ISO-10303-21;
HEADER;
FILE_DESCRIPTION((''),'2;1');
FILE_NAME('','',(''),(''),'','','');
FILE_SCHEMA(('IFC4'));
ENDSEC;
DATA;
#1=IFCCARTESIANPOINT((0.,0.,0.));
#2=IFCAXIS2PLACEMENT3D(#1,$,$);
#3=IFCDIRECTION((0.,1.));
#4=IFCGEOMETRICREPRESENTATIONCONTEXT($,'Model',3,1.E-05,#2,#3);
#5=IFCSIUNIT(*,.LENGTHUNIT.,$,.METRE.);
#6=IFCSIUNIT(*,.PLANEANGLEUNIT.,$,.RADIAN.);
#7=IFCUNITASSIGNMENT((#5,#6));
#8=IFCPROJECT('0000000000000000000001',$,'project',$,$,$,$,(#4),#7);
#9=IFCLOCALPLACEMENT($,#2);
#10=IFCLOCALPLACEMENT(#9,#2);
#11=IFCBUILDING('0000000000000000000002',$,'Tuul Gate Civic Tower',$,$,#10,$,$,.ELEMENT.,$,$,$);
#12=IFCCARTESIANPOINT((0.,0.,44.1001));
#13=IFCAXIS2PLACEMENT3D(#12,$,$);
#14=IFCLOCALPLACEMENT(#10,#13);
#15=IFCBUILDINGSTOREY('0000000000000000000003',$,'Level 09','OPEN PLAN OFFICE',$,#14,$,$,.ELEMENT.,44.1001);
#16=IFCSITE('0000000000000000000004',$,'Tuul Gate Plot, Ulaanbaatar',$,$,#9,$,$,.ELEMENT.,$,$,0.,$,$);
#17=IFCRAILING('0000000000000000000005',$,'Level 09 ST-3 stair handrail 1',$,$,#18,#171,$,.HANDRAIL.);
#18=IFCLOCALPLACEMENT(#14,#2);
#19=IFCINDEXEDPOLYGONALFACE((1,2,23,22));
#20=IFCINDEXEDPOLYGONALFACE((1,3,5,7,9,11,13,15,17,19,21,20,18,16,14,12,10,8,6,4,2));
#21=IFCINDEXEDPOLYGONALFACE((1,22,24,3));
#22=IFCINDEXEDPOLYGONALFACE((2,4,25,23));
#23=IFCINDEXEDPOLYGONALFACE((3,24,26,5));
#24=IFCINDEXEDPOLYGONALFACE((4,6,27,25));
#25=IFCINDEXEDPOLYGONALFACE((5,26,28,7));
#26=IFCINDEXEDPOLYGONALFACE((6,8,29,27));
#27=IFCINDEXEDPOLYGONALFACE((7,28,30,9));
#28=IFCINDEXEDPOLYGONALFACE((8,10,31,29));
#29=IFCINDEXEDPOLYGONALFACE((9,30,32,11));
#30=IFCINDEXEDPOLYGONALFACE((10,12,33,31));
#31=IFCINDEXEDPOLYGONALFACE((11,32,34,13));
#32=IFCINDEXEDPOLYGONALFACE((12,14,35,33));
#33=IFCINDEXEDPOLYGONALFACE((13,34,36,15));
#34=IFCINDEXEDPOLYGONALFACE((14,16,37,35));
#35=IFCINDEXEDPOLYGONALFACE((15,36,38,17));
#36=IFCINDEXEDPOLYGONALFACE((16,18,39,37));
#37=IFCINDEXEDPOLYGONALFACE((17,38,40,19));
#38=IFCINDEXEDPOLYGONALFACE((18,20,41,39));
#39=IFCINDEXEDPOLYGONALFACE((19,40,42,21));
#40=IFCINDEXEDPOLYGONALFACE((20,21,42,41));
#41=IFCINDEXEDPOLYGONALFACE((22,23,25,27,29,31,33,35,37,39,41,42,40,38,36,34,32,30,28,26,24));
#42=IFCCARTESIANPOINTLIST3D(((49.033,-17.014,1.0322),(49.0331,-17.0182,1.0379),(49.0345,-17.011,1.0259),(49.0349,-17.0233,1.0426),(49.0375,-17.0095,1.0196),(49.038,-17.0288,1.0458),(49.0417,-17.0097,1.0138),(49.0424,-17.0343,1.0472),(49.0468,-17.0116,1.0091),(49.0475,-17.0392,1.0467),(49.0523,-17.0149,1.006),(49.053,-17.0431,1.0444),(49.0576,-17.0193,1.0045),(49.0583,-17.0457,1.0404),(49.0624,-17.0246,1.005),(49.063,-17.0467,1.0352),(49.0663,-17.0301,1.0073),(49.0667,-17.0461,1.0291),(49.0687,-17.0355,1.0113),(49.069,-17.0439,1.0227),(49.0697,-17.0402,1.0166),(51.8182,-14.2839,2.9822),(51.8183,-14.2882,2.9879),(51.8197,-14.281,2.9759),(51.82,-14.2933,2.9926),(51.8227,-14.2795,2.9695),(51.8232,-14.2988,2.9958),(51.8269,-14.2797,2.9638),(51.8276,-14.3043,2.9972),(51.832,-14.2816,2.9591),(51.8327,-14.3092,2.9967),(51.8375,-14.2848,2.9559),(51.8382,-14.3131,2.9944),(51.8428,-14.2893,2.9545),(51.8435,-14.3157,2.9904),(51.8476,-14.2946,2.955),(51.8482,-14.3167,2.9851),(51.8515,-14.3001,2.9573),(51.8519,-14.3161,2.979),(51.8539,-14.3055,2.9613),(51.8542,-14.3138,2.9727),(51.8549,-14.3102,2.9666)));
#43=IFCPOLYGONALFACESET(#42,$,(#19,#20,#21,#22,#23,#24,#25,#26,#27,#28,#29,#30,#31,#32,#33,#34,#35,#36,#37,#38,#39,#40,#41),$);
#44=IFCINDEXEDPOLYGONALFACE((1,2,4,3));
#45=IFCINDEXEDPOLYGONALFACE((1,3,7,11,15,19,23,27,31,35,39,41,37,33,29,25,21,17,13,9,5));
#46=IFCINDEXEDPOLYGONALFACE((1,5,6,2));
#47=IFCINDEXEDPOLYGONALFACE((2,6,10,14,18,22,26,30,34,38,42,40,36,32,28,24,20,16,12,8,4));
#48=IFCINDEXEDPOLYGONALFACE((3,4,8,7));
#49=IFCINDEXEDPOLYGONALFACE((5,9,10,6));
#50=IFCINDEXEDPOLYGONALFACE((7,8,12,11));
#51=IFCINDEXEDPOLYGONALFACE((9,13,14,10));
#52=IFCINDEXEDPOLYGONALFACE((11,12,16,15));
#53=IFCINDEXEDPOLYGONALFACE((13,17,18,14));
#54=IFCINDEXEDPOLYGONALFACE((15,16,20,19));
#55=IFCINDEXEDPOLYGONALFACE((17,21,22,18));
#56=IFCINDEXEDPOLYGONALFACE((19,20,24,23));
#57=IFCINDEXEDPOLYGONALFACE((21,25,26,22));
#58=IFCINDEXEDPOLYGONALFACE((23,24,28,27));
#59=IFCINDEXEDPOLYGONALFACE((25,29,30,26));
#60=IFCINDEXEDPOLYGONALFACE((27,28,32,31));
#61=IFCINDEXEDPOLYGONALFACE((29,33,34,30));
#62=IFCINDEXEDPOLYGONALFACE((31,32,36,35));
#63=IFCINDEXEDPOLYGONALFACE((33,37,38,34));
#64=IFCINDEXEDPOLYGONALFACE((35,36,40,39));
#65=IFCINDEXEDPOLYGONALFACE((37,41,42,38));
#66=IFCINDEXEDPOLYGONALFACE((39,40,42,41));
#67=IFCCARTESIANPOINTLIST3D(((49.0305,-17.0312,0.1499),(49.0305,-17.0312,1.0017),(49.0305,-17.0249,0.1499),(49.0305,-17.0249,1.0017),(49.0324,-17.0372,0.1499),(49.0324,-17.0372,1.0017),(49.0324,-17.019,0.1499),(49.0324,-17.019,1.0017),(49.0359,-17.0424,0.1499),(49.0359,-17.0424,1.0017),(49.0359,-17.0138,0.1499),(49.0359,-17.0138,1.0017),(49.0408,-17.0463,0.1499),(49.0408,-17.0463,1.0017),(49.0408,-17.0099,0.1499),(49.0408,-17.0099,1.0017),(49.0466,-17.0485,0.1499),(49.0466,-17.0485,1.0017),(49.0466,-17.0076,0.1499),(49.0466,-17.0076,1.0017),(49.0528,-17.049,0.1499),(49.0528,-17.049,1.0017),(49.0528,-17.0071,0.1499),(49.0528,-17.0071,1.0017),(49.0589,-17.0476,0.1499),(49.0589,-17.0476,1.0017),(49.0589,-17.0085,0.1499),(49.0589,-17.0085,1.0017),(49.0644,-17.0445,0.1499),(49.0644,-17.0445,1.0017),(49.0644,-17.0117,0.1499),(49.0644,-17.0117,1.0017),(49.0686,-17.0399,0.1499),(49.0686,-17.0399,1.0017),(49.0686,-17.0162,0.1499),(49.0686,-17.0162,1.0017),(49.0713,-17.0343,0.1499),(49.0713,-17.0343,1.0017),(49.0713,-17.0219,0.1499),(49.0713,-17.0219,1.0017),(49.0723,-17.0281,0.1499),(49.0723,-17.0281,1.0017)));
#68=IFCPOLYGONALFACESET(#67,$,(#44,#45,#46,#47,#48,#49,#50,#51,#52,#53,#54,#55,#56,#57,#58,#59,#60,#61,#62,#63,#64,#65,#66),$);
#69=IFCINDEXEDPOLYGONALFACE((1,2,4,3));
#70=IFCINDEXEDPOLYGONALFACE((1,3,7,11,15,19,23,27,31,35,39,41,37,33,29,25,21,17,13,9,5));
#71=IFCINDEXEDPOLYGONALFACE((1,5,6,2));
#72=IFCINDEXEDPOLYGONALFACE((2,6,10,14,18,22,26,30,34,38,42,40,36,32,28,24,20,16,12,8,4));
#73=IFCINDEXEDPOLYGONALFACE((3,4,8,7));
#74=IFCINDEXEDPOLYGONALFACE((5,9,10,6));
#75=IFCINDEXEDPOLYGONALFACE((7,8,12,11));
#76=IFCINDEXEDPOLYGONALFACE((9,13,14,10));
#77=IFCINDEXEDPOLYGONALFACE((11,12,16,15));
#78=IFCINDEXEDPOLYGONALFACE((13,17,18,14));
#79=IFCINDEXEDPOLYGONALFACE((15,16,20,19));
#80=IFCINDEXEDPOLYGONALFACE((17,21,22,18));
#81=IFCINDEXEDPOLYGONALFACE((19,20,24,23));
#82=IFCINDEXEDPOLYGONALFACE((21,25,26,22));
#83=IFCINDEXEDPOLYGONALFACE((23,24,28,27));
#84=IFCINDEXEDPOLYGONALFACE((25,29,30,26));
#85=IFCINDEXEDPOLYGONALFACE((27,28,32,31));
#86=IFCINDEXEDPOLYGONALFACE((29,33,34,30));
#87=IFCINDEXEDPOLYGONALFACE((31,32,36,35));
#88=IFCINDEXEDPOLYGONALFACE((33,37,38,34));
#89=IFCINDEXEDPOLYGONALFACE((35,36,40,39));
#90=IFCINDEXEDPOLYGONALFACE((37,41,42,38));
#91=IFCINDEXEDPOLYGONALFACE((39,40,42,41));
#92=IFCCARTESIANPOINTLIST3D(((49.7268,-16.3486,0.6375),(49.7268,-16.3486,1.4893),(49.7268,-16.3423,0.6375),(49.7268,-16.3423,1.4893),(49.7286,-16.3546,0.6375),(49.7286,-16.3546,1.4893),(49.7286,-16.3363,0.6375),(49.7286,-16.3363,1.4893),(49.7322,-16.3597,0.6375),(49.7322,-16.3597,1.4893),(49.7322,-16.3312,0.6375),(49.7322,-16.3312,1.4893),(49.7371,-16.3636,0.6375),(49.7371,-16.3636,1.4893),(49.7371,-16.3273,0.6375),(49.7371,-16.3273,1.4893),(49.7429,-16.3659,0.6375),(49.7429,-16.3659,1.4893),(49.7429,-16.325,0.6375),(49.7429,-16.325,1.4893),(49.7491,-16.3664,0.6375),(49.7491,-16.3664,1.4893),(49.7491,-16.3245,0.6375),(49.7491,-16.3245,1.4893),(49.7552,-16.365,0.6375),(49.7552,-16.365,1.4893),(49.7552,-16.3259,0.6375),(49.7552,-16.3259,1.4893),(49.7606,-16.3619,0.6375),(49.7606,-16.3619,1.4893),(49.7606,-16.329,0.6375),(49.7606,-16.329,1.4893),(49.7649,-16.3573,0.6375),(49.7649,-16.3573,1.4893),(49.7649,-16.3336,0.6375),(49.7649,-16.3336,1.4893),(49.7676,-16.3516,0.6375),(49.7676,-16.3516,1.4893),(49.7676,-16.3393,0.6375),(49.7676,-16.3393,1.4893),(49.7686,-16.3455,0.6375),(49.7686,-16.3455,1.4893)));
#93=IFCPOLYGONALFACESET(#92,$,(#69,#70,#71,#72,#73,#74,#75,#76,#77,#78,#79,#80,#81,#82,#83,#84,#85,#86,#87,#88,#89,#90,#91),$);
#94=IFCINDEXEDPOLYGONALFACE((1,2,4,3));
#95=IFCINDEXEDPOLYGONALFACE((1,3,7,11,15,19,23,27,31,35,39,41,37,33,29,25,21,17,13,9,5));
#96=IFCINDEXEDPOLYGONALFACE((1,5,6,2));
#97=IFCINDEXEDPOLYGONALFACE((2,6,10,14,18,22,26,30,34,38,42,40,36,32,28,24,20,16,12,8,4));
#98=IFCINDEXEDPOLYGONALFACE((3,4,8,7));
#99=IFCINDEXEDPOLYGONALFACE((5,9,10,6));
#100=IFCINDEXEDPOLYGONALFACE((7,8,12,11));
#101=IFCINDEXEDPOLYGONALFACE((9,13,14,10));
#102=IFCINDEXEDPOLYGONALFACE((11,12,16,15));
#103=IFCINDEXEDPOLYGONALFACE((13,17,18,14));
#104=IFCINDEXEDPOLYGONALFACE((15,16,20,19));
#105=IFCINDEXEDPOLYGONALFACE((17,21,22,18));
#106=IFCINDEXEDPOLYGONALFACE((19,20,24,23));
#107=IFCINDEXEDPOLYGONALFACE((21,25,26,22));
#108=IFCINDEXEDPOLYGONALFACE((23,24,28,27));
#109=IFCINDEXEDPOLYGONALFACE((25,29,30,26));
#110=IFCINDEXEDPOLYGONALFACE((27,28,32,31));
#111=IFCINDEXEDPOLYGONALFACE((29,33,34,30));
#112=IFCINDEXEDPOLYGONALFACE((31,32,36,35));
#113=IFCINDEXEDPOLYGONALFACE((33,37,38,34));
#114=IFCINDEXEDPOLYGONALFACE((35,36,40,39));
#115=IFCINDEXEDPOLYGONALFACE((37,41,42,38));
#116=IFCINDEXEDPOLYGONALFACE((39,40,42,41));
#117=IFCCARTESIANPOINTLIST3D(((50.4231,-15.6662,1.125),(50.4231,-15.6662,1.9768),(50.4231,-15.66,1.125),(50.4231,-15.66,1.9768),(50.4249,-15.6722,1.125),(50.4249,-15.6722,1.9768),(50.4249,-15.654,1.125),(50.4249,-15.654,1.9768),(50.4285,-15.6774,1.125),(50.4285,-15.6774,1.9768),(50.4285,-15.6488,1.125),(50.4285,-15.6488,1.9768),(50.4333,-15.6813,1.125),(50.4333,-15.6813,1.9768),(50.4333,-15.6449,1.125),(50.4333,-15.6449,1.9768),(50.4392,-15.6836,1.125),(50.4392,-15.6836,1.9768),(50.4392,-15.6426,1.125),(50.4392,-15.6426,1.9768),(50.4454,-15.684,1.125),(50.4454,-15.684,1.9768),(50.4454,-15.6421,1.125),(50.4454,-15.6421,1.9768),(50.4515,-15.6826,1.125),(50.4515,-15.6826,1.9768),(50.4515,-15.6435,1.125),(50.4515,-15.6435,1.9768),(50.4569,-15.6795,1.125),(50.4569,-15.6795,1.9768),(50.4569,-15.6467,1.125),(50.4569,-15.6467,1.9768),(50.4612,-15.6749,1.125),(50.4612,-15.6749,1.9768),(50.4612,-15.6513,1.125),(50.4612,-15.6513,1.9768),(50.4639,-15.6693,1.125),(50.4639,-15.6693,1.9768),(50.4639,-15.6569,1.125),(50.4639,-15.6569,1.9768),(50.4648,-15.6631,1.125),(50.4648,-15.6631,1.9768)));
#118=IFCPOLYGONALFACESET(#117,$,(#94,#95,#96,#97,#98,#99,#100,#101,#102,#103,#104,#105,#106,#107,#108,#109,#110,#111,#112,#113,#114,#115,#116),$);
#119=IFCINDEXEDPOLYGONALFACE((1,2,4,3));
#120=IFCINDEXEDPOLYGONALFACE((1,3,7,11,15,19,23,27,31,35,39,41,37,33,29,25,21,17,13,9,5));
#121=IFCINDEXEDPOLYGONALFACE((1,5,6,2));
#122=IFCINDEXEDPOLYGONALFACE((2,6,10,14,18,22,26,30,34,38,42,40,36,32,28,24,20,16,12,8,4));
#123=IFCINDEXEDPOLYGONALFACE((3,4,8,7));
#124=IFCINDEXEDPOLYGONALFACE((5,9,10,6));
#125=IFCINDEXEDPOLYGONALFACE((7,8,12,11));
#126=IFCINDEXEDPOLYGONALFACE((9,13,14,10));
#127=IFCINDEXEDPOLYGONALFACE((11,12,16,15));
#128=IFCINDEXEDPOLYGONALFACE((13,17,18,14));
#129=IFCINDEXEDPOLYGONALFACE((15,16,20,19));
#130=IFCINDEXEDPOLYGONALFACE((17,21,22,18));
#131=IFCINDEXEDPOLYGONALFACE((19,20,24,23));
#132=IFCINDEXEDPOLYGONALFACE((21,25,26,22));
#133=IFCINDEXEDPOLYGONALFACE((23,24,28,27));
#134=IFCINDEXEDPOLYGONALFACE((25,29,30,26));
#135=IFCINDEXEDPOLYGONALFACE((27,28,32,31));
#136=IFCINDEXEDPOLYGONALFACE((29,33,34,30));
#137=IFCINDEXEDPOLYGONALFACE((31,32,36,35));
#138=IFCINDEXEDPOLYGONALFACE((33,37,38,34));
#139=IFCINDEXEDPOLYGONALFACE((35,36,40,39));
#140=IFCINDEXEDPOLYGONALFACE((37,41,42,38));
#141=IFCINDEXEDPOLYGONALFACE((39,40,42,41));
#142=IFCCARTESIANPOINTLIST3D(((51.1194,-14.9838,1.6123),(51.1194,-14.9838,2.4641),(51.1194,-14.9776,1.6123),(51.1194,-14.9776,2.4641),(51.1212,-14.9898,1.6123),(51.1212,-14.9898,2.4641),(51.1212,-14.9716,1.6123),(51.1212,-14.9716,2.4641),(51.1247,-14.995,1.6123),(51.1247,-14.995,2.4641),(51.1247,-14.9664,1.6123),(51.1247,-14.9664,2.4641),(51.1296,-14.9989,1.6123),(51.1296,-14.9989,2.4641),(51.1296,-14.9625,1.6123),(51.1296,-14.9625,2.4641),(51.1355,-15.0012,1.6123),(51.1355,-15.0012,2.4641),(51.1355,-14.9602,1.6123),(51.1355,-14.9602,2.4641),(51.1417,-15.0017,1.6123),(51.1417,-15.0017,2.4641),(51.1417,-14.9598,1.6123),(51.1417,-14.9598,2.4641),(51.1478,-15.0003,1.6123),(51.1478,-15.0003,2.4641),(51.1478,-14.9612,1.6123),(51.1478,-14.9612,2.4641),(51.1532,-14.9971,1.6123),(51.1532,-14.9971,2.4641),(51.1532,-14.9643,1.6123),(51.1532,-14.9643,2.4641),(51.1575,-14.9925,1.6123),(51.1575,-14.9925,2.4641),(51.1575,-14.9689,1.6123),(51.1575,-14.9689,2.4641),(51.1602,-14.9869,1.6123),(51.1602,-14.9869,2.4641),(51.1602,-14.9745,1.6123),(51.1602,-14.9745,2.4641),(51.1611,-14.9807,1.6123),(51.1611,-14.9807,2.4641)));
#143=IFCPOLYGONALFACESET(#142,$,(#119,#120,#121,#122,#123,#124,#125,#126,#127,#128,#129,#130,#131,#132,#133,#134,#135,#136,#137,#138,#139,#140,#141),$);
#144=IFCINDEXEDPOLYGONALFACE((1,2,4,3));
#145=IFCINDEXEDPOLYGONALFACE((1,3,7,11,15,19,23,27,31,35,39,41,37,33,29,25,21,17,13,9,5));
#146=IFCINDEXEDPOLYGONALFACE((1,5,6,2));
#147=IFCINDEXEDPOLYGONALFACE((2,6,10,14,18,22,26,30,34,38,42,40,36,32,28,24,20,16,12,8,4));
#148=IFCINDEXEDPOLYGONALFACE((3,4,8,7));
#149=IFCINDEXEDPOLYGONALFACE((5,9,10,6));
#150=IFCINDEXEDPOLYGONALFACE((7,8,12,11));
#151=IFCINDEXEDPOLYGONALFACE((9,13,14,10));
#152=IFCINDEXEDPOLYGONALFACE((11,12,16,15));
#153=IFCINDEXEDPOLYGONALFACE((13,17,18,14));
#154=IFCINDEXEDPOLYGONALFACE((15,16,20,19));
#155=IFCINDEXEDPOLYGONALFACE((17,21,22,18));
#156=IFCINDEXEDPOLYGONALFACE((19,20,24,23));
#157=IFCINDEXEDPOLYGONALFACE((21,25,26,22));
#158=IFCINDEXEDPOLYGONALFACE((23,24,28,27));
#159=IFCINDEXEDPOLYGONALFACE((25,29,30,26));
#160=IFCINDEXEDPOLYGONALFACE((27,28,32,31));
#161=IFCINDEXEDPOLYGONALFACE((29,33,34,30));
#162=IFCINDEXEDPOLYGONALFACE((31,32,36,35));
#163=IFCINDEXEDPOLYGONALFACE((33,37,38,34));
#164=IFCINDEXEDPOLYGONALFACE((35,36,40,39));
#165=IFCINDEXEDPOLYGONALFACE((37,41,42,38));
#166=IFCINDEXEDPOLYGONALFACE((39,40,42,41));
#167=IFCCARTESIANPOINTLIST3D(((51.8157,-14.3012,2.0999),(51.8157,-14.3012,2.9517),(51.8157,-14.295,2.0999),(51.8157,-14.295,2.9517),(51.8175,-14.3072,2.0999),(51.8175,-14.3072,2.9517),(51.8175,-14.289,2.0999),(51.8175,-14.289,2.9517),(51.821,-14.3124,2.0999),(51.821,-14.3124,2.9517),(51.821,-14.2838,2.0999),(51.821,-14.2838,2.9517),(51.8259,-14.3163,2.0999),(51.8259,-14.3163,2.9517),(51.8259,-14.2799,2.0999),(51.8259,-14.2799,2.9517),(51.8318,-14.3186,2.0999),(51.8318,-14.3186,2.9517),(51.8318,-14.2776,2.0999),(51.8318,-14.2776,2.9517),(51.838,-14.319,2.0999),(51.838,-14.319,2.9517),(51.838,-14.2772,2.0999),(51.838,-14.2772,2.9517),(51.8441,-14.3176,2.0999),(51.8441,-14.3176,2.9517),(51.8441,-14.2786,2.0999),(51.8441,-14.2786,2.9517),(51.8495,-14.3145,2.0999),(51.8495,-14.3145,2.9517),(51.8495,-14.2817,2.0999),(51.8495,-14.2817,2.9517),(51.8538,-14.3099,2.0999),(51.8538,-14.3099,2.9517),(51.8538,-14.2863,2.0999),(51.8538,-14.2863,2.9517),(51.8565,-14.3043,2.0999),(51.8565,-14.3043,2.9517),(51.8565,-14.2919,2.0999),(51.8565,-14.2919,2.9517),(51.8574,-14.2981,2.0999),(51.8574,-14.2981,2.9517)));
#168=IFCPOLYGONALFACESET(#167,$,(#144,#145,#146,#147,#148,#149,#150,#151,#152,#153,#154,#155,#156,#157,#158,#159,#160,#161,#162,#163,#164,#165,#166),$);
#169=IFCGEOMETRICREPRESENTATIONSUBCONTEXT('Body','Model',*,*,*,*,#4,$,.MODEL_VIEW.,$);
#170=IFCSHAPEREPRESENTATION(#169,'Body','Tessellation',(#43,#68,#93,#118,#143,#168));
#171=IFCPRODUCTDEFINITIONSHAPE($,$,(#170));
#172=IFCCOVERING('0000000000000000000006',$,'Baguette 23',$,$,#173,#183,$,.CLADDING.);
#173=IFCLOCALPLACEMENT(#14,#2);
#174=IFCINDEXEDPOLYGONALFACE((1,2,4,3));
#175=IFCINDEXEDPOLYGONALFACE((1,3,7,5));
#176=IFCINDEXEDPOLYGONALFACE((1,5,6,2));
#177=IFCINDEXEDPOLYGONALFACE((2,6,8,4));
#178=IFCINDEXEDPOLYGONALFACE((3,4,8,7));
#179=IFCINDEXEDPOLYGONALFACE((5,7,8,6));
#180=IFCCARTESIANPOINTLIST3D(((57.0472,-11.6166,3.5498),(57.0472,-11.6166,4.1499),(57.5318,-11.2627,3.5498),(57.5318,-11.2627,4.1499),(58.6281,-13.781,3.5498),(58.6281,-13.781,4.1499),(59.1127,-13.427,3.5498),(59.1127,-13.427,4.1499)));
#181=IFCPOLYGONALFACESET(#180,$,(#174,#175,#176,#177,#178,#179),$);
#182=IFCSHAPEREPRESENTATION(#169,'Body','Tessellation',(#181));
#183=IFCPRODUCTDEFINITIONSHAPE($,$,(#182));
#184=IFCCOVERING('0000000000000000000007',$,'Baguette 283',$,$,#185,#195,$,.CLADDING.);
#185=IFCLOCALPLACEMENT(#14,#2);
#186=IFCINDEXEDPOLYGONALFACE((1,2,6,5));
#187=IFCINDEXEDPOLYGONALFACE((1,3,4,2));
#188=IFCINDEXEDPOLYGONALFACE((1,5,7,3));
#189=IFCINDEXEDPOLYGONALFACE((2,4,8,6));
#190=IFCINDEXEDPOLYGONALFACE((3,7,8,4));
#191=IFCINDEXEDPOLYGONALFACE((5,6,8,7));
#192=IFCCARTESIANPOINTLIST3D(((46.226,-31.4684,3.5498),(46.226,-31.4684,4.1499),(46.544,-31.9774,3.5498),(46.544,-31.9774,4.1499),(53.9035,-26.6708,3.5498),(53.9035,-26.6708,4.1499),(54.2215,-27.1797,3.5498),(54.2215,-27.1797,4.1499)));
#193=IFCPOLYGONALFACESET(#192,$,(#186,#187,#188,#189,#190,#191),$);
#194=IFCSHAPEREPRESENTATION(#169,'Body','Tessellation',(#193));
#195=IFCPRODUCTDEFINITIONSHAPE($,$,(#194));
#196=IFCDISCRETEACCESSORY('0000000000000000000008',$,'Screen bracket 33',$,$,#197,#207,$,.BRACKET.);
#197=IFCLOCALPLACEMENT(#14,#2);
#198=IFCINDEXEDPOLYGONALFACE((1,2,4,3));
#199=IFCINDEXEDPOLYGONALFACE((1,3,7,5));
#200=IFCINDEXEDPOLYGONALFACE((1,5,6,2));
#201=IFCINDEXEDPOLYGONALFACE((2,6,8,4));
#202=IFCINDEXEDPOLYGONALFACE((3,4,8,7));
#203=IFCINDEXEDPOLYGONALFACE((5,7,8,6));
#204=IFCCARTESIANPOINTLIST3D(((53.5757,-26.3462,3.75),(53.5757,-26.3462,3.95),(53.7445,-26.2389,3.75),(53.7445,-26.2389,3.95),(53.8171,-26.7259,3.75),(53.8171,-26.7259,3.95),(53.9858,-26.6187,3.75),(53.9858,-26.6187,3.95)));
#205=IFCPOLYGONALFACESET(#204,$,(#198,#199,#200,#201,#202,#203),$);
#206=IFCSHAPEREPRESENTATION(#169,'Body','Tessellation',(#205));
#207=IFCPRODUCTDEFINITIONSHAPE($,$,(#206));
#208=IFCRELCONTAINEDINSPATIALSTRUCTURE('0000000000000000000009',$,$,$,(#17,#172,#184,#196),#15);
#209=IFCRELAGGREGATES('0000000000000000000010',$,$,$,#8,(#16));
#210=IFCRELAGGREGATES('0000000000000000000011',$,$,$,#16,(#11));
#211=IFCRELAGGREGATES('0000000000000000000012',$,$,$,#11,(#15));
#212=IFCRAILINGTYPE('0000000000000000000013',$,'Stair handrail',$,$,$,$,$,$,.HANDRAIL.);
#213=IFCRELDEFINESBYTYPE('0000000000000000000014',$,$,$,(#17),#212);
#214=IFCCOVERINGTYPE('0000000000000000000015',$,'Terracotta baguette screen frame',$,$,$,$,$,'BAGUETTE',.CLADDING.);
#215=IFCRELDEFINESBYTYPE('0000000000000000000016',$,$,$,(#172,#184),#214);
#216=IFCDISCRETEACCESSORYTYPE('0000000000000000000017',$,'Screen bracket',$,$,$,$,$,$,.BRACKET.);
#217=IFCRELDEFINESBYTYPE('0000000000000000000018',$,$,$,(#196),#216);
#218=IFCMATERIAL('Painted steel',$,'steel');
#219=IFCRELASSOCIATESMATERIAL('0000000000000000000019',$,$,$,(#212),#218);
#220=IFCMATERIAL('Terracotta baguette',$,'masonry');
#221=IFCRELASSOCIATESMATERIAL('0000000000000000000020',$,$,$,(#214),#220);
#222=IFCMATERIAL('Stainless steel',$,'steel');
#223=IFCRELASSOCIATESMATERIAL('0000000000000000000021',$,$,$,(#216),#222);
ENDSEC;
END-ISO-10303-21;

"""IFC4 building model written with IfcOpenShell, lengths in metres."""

from ifc_helpers import new_model, si_unit, direction, frame, origin, origin_2d, place, context, subcontext, project, spatial, rectangle, circle, extrude, material, material_profile, profile_set, type_object, element, save


model = new_model("IFC4")

# Units and contexts
model_context = context("Model", 3, precision=1e-05, world=origin(), true_north=direction((0.0, 1.0)))
body_context = subcontext(model_context, "Body", "Model", "MODEL_VIEW")
ifc_project = project(units=[si_unit("LENGTHUNIT", "METRE"), si_unit("PLANEANGLEUNIT", "RADIAN")], contexts=[model_context])

# Site, building, storey
site_placement = place(None, origin())
site = spatial("IfcSite", under=ifc_project, at=site_placement, Name="Tuul Gate Plot, Ulaanbaatar", CompositionType="ELEMENT", RefElevation=0.0)
building_placement = place(site_placement, origin())
building = spatial("IfcBuilding", under=site, at=building_placement, Name="Tuul Gate Civic Tower", CompositionType="ELEMENT")
storey_placement = place(building_placement, frame((0.0, 0.0, 44.1001)))
storey = spatial("IfcBuildingStorey", under=building, at=storey_placement, Name="Level 09", Description="OPEN PLAN OFFICE", CompositionType="ELEMENT", Elevation=44.1001)

# Railing
ifc_material_1 = material(Name="Painted steel", Category="steel")
railing_type_1 = type_object("IfcRailingType", Name="Stair handrail", PredefinedType="HANDRAIL", material=ifc_material_1)
railing_1_placement = place(storey_placement, frame((49.0513, -17.0281, 0.1499)))
element("IfcRailing", 1, at=railing_1_placement, inside=storey, type_object=railing_type_1, Name="Level 09 ST-3 stair handrail 1", PredefinedType="HANDRAIL", context=body_context, shape_type="SweptSolid", body=[
    extrude(circle(Radius=0.0239, at=origin_2d()), frame((0.0, 0.0, 0.876), z_axis=(0.638754, 0.6261, 0.447206), x_axis=(-0.699998, 0.714145, 0.0)), (0.0, 0.0, 1.0), 4.3604),
    extrude(circle(Radius=0.021, at=origin_2d()), origin(), (0.0, 0.0, 1.0), 0.8518),
    extrude(circle(Radius=0.021, at=origin_2d()), frame((0.6963, 0.6826, 0.4875)), (0.0, 0.0, 1.0), 0.8518),
    extrude(circle(Radius=0.021, at=origin_2d()), frame((1.3926, 1.365, 0.9751)), (0.0, 0.0, 1.0), 0.8518),
    extrude(circle(Radius=0.021, at=origin_2d()), frame((2.0889, 2.0474, 1.4624)), (0.0, 0.0, 1.0), 0.8518),
    extrude(circle(Radius=0.021, at=origin_2d()), frame((2.7852, 2.73, 1.95)), (0.0, 0.0, 1.0), 0.8518),
])

# Coverings
ifc_material_2 = material(Name="Terracotta baguette", Category="masonry")
ifc_material_profile_1 = material_profile(ifc_material_2, rectangle(XDim=0.6001, YDim=0.6001, at=origin_2d()), Name="Terracotta baguette screen frame")
ifc_profile_set_1 = profile_set([ifc_material_profile_1], Name="Terracotta baguette")
covering_type = type_object("IfcCoveringType", Name="Terracotta baguette screen frame", ElementType="BAGUETTE", PredefinedType="CLADDING", material=ifc_profile_set_1)
covering_1_placement = place(storey_placement, frame((58.8704, -13.604, 3.8499), z_axis=(-0.589822, 0.807533, 0.0), x_axis=(-0.807533, -0.589822, 0.0)))
element("IfcCovering", 2, at=covering_1_placement, inside=storey, type_object=covering_type, Name="Baguette 23", PredefinedType="CLADDING", context=body_context, shape_type="SweptSolid", body=[
    extrude(rectangle(XDim=0.6001, YDim=0.6001, at=origin_2d()), origin(), (0.0, 0.0, 1.0), 2.6802),
])
covering_2_placement = place(storey_placement, frame((46.385, -31.7229, 3.8499), z_axis=(0.848039, 0.529933, 0.0), x_axis=(-0.529933, 0.848039, 0.0)))
element("IfcCovering", 3, at=covering_2_placement, inside=storey, type_object=covering_type, Name="Baguette 283", PredefinedType="CLADDING", context=body_context, shape_type="SweptSolid", body=[
    extrude(rectangle(XDim=0.6001, YDim=0.6001, at=origin_2d()), origin(), (0.0, 0.0, 1.0), 9.0532),
])

# Discrete accessory
ifc_material_3 = material(Name="Stainless steel", Category="steel")
discrete_accessory_type = type_object("IfcDiscreteAccessoryType", Name="Screen bracket", PredefinedType="BRACKET", material=ifc_material_3)
discrete_accessory_placement = place(storey_placement, frame((53.7808, -26.4824, 3.75), z_axis=(0.0, 0.0, 1.0), x_axis=(0.536425, -0.843948, 0.0)))
element("IfcDiscreteAccessory", 4, at=discrete_accessory_placement, inside=storey, type_object=discrete_accessory_type, Name="Screen bracket 33", PredefinedType="BRACKET", context=body_context, shape_type="SweptSolid", body=[
    extrude(rectangle(XDim=0.45, YDim=0.2, at=origin_2d()), origin(), (0.0, 0.0, 1.0), 0.2),
])

save(model, "model.ifc")
